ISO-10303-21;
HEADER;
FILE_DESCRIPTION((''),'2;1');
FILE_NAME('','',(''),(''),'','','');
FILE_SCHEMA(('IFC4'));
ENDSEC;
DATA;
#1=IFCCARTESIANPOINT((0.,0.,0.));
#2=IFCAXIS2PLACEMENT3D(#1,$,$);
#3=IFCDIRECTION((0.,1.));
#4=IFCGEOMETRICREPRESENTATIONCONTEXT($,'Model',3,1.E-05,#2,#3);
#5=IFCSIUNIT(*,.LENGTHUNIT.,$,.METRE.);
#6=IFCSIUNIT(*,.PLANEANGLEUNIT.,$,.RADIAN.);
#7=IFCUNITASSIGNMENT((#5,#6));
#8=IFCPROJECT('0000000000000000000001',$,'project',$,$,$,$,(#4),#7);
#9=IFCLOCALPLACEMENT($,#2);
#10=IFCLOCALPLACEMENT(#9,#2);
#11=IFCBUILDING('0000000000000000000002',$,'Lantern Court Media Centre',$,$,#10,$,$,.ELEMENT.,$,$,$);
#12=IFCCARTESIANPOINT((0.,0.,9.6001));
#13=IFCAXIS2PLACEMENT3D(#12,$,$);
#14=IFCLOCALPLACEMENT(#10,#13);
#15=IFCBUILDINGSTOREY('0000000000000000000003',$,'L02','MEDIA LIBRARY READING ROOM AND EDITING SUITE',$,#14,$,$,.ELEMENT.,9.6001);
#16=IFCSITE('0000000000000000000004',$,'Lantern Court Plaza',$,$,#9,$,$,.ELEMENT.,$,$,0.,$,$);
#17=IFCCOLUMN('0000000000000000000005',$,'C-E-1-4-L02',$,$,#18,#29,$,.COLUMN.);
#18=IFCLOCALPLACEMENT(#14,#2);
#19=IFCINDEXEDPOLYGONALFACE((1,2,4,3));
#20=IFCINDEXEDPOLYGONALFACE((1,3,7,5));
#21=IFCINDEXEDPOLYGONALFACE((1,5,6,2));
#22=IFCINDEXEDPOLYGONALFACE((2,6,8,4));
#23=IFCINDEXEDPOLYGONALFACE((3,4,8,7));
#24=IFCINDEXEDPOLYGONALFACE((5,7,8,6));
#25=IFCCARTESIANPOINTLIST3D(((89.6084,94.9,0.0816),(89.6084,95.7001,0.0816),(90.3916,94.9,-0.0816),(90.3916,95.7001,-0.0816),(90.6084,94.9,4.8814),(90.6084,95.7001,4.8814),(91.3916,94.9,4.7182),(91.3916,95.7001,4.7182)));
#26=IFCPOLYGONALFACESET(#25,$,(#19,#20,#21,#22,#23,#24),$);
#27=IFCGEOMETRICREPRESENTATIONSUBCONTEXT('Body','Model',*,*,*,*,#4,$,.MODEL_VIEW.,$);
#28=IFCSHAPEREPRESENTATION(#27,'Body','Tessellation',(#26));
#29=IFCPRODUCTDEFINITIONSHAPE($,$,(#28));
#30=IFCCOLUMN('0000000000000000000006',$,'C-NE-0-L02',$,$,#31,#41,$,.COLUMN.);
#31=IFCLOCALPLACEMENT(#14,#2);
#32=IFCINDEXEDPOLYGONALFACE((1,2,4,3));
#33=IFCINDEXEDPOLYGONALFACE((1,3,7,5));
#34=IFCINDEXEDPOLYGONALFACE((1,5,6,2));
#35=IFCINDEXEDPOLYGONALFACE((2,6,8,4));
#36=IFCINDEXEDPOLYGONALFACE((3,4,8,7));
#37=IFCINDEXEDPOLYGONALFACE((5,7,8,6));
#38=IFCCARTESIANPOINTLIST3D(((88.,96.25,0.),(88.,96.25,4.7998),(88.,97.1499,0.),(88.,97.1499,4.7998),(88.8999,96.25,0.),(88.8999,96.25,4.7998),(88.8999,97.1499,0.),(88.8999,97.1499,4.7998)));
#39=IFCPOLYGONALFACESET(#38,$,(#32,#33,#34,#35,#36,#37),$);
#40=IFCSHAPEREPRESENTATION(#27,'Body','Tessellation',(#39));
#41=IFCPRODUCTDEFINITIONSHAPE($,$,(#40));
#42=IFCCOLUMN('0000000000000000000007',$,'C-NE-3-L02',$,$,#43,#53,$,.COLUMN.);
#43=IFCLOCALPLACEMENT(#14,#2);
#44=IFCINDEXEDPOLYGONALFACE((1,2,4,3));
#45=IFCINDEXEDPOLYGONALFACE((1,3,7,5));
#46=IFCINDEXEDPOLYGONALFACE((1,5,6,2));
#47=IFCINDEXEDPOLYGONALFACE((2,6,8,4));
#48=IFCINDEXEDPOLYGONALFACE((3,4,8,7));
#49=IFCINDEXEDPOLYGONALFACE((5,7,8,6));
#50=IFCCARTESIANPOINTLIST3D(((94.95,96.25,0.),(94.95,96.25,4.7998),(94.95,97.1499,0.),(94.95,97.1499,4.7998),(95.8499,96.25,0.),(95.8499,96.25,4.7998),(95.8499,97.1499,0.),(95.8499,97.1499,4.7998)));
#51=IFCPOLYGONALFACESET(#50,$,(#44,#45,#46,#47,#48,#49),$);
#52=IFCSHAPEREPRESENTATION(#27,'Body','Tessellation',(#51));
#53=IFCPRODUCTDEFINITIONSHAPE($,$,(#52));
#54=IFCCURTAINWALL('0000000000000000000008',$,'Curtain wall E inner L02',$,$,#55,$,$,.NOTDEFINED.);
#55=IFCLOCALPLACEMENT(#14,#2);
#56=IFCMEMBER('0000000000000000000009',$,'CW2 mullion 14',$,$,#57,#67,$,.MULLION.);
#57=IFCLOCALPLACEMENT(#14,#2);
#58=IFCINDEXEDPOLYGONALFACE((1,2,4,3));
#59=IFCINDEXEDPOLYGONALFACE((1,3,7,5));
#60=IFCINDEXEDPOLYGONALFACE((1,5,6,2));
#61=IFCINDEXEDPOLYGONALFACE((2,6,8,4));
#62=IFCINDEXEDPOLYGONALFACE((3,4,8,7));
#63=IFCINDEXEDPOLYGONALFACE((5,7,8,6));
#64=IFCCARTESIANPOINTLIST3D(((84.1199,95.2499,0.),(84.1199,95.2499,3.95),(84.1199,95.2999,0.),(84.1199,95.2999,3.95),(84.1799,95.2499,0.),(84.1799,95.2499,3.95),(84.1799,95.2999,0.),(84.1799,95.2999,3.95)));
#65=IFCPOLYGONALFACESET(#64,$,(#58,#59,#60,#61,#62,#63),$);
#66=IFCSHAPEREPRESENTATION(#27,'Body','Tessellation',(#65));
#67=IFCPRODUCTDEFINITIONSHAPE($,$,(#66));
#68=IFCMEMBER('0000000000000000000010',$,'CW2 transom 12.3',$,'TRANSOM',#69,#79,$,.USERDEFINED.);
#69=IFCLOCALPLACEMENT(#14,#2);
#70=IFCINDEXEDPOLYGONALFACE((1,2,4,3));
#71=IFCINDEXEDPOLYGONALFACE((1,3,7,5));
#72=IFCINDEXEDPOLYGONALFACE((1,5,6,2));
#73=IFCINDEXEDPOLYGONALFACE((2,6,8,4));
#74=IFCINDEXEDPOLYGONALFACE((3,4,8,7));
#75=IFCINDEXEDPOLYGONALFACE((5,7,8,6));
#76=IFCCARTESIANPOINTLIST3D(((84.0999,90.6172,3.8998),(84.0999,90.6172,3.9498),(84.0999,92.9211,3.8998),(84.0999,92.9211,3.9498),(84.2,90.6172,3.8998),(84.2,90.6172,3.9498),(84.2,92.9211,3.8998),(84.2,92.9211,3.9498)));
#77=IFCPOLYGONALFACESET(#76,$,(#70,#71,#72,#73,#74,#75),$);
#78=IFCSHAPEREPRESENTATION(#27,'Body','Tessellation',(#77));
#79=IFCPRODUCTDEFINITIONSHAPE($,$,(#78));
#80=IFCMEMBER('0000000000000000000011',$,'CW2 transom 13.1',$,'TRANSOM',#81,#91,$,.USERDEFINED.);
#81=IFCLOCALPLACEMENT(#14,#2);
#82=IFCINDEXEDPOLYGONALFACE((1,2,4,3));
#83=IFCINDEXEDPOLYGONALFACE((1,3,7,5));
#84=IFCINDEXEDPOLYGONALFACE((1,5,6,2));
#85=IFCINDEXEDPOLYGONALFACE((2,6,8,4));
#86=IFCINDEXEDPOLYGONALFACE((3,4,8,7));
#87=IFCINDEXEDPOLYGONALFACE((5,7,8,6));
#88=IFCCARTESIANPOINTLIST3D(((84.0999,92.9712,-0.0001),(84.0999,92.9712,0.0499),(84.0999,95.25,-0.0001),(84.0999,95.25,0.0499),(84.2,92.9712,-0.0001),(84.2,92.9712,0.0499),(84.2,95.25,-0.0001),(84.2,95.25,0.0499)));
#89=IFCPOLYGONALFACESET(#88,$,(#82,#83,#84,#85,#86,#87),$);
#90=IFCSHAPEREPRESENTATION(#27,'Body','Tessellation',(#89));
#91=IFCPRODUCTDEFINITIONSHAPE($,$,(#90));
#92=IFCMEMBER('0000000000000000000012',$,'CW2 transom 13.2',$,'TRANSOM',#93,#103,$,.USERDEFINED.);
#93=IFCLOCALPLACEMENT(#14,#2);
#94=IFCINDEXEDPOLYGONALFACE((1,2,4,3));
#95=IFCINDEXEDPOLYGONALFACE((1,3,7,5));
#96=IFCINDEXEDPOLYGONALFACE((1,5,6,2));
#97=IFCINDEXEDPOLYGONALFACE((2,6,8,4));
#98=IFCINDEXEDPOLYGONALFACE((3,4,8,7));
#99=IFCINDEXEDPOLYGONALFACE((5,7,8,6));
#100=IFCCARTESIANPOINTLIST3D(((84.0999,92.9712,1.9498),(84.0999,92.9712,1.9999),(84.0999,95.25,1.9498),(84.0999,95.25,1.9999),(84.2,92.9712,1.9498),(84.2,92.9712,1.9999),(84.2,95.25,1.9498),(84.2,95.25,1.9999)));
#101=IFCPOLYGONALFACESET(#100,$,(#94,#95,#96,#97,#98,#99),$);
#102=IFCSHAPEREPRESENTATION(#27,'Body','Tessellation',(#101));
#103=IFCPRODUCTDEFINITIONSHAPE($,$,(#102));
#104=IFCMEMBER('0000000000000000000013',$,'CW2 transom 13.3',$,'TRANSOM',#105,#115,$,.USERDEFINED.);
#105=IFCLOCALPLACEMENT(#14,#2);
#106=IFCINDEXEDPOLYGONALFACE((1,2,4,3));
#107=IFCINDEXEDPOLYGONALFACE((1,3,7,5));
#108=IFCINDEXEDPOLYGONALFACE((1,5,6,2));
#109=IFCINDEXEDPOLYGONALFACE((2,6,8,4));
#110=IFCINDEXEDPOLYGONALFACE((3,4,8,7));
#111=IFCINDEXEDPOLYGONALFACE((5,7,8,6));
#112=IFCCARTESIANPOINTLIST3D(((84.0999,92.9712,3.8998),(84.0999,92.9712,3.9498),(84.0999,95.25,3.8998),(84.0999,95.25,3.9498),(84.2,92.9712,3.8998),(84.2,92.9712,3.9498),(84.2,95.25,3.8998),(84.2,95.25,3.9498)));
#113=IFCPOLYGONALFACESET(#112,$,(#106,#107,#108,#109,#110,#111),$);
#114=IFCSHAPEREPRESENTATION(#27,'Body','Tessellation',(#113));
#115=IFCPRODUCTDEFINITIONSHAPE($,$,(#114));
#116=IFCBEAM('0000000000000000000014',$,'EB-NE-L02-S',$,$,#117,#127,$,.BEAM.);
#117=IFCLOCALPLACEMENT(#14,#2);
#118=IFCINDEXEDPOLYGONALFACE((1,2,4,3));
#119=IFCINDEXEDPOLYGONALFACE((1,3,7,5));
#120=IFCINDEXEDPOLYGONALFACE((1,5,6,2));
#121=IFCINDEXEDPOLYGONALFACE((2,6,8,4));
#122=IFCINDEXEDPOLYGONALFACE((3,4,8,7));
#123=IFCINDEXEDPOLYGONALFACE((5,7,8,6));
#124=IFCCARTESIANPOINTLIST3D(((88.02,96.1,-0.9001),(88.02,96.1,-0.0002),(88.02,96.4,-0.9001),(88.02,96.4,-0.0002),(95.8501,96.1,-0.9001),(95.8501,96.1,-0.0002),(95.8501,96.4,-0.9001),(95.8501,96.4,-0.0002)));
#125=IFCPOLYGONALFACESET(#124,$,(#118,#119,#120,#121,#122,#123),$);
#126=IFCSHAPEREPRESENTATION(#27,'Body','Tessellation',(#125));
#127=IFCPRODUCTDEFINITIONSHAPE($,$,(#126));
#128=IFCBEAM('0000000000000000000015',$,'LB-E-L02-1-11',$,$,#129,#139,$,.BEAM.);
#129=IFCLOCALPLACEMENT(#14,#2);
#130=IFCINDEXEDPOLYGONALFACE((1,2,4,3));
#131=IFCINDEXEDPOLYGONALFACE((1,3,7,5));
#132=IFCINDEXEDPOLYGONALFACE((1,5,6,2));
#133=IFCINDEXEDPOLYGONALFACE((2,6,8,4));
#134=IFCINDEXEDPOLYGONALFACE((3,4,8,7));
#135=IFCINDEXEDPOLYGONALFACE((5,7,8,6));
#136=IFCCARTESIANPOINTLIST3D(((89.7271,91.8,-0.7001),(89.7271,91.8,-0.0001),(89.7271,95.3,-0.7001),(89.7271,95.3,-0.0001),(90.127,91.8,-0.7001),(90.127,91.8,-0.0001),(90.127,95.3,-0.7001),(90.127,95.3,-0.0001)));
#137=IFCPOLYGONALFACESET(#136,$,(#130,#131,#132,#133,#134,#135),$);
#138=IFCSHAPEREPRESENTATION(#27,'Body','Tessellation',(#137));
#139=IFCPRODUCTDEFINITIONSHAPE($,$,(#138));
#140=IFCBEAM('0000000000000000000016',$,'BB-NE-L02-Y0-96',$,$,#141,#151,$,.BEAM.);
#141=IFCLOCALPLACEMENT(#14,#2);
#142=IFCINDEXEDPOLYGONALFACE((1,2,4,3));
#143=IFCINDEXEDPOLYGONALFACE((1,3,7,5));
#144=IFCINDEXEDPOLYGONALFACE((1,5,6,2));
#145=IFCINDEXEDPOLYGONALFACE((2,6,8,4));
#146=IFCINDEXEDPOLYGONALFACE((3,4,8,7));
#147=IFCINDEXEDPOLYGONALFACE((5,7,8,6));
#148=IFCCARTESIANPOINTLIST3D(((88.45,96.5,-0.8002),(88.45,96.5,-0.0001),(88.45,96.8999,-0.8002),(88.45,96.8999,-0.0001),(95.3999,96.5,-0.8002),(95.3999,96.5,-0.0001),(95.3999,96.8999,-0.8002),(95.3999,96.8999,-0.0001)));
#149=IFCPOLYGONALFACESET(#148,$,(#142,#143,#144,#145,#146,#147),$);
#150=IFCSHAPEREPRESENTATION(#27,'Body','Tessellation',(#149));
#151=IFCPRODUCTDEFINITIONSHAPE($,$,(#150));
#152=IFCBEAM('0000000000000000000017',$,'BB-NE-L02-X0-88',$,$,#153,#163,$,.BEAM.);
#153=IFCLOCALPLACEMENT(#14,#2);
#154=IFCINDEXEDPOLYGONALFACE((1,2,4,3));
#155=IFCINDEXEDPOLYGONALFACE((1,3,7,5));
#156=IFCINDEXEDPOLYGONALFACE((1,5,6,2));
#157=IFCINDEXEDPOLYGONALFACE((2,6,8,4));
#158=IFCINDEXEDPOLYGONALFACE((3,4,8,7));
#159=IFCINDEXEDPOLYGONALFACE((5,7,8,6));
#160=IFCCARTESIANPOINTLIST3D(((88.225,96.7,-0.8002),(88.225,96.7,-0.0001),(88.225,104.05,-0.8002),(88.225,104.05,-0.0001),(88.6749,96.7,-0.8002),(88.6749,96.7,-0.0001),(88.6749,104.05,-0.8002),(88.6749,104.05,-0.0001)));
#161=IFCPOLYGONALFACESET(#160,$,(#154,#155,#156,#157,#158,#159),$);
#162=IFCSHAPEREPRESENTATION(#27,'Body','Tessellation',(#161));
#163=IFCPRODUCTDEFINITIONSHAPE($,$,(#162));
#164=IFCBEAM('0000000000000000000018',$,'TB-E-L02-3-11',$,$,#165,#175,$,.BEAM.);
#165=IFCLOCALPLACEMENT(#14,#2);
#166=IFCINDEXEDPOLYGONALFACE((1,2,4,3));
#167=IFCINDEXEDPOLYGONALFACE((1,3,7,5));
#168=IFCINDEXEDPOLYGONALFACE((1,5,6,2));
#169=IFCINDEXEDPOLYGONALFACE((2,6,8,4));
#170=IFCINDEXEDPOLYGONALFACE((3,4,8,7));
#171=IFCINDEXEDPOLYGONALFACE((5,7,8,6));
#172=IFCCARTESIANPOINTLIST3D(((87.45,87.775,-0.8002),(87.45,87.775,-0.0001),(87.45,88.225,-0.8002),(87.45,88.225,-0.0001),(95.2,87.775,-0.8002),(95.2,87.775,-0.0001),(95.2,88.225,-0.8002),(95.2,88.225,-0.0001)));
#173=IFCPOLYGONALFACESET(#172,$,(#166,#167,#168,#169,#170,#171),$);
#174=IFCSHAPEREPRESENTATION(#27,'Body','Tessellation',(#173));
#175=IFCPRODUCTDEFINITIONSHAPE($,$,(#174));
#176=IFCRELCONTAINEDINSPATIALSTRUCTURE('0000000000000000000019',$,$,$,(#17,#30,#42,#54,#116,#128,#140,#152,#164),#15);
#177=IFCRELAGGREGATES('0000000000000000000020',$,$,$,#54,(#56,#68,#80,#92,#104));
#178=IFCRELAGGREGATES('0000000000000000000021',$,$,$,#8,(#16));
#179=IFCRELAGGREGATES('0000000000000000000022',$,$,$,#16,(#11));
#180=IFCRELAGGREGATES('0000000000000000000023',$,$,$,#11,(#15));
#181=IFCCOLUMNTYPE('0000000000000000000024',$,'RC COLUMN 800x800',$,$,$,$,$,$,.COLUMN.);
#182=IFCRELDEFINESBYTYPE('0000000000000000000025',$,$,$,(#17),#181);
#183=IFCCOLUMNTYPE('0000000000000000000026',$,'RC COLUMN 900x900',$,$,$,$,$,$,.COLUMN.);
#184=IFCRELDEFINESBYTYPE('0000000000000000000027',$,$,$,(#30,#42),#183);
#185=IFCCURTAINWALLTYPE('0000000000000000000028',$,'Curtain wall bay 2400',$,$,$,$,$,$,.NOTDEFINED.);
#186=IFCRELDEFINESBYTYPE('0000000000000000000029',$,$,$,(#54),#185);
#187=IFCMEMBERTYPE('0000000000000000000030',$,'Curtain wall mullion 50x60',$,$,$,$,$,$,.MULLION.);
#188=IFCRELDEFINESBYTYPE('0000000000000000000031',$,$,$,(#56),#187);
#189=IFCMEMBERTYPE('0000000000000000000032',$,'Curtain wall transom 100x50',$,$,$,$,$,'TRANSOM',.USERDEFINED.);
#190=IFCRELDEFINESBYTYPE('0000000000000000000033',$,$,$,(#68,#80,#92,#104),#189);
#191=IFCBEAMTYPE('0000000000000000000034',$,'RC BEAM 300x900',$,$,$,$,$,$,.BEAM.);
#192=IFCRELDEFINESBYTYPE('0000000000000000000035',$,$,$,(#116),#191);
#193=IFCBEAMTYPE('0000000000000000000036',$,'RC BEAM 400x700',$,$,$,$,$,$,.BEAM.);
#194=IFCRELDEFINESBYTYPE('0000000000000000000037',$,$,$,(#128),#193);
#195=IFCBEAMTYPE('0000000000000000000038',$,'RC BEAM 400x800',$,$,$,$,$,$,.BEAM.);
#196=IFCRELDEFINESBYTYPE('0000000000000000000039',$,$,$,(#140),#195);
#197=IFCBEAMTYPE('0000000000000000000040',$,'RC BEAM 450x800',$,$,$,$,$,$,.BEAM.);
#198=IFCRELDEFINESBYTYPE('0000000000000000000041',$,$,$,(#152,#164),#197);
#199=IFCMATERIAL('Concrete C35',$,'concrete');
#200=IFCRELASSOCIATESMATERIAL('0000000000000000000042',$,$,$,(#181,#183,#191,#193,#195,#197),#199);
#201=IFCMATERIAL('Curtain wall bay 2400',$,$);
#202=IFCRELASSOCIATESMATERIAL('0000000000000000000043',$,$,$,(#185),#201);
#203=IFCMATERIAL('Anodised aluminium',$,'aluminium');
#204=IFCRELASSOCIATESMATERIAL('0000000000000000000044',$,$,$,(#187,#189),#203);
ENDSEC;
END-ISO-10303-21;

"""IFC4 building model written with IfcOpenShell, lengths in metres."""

from ifc_helpers import new_model, si_unit, direction, frame, origin, origin_2d, place, context, subcontext, project, spatial, rectangle, extrude, material, material_profile, profile_set, type_object, element, aggregate, save


model = new_model("IFC4")

# Units and contexts
model_context = context("Model", 3, precision=1e-05, world=origin(), true_north=direction((0.0, 1.0)))
body_context = subcontext(model_context, "Body", "Model", "MODEL_VIEW")
ifc_project = project(units=[si_unit("LENGTHUNIT", "METRE"), si_unit("PLANEANGLEUNIT", "RADIAN")], contexts=[model_context])

# Site, building, storey
site_placement = place(None, origin())
site = spatial("IfcSite", under=ifc_project, at=site_placement, Name="Lantern Court Plaza", CompositionType="ELEMENT", RefElevation=0.0)
building_placement = place(site_placement, origin())
building = spatial("IfcBuilding", under=site, at=building_placement, Name="Lantern Court Media Centre", CompositionType="ELEMENT")
storey_placement = place(building_placement, frame((0.0, 0.0, 9.6001)))
storey = spatial("IfcBuildingStorey", under=building, at=storey_placement, Name="L02", Description="MEDIA LIBRARY READING ROOM AND EDITING SUITE", CompositionType="ELEMENT", Elevation=9.6001)

# Columns
ifc_material_1 = material(Name="Concrete C35", Category="concrete")
ifc_material_profile_1 = material_profile(ifc_material_1, rectangle(XDim=0.8, YDim=0.8, at=origin_2d()), Name="RC 800x800")
ifc_profile_set_1 = profile_set([ifc_material_profile_1], Name="Concrete C35")
column_type_1 = type_object("IfcColumnType", Name="RC COLUMN 800x800", PredefinedType="COLUMN", material=ifc_profile_set_1)
column_placement = place(storey_placement, frame((90.0, 95.3, 0.0), z_axis=(0.203962, 0.0, 0.978979), x_axis=(0.0, 1.0, 0.0)))
element("IfcColumn", 1, at=column_placement, inside=storey, type_object=column_type_1, Name="C-E-1-4-L02", PredefinedType="COLUMN", context=body_context, shape_type="SweptSolid", body=[
    extrude(rectangle(XDim=0.8, YDim=0.8, at=origin_2d()), origin(), (0.0, 0.0, 1.0), 4.9028),
])
ifc_material_profile_2 = material_profile(ifc_material_1, rectangle(XDim=0.8999, YDim=0.8999, at=origin_2d()), Name="RC 900x900")
ifc_profile_set_2 = profile_set([ifc_material_profile_2], Name="Concrete C35")
column_type_2 = type_object("IfcColumnType", Name="RC COLUMN 900x900", PredefinedType="COLUMN", material=ifc_profile_set_2)
for number, where, z_axis, x_axis, name in (
    (2, (88.45, 96.7, 0.0), (0.0, 0.0, 1.0), (1.0, 0.0, 0.0), "C-NE-0-L02"),
    (3, (95.3999, 96.7, 0.0), (0.0, 0.0, 1.0), (1.0, 0.0, 0.0), "C-NE-3-L02"),
):
    element("IfcColumn", number, at=place(storey_placement, frame(where, z_axis=z_axis, x_axis=x_axis)), inside=storey, type_object=column_type_2, Name=name, PredefinedType="COLUMN", context=body_context, shape_type="SweptSolid", body=[
        extrude(rectangle(XDim=0.8999, YDim=0.8999, at=origin_2d()), origin(), (0.0, 0.0, 1.0), 4.7998),
    ])

# Curtain wall, members
ifc_material_2 = material(Name="Curtain wall bay 2400")
curtain_wall_type = type_object("IfcCurtainWallType", Name="Curtain wall bay 2400", PredefinedType="NOTDEFINED", material=ifc_material_2)
curtain_wall_placement = place(storey_placement, origin())
curtain_wall = element("IfcCurtainWall", 4, at=curtain_wall_placement, inside=storey, type_object=curtain_wall_type, Name="Curtain wall E inner L02", PredefinedType="NOTDEFINED")
ifc_material_3 = material(Name="Anodised aluminium", Category="aluminium")
ifc_material_profile_3 = material_profile(ifc_material_3, rectangle(XDim=0.0601, YDim=0.05, at=origin_2d()), Name="AL 50x60")
ifc_profile_set_3 = profile_set([ifc_material_profile_3], Name="Anodised aluminium")
member_type_1 = type_object("IfcMemberType", Name="Curtain wall mullion 50x60", PredefinedType="MULLION", material=ifc_profile_set_3)
member_1_placement = place(storey_placement, frame((84.1499, 95.2749, 0.0), z_axis=(0.0, 0.0, 1.0), x_axis=(-1.0, 0.0, 0.0)))
member_1 = element("IfcMember", 5, at=member_1_placement, type_object=member_type_1, Name="CW2 mullion 14", PredefinedType="MULLION", context=body_context, shape_type="SweptSolid", body=[
    extrude(rectangle(XDim=0.0601, YDim=0.05, at=origin_2d()), origin(), (0.0, 0.0, 1.0), 3.95),
])
ifc_material_profile_4 = material_profile(ifc_material_3, rectangle(XDim=0.1001, YDim=0.05, at=origin_2d()), Name="AL 50x100")
ifc_profile_set_4 = profile_set([ifc_material_profile_4], Name="Anodised aluminium")
member_type_2 = type_object("IfcMemberType", Name="Curtain wall transom 100x50", ElementType="TRANSOM", PredefinedType="USERDEFINED", material=ifc_profile_set_4)
member_2_placement = place(storey_placement, frame((84.1499, 90.6172, 3.9248), z_axis=(0.0, 1.0, 0.0), x_axis=(-1.0, 0.0, 0.0)))
member_2 = element("IfcMember", 6, at=member_2_placement, type_object=member_type_2, Name="CW2 transom 12.3", ObjectType="TRANSOM", PredefinedType="USERDEFINED", context=body_context, shape_type="SweptSolid", body=[
    extrude(rectangle(XDim=0.1001, YDim=0.05, at=origin_2d()), origin(), (0.0, 0.0, 1.0), 2.304),
])
member_3_placement = place(storey_placement, frame((84.1499, 92.9712, 0.0249), z_axis=(0.0, 1.0, 0.0), x_axis=(-1.0, 0.0, 0.0)))
member_3 = element("IfcMember", 7, at=member_3_placement, type_object=member_type_2, Name="CW2 transom 13.1", ObjectType="TRANSOM", PredefinedType="USERDEFINED", context=body_context, shape_type="SweptSolid", body=[
    extrude(rectangle(XDim=0.1001, YDim=0.05, at=origin_2d()), origin(), (0.0, 0.0, 1.0), 2.2788),
])
member_4_placement = place(storey_placement, frame((84.1499, 92.9712, 1.9749), z_axis=(0.0, 1.0, 0.0), x_axis=(-1.0, 0.0, 0.0)))
member_4 = element("IfcMember", 8, at=member_4_placement, type_object=member_type_2, Name="CW2 transom 13.2", ObjectType="TRANSOM", PredefinedType="USERDEFINED", context=body_context, shape_type="SweptSolid", body=[
    extrude(rectangle(XDim=0.1001, YDim=0.05, at=origin_2d()), origin(), (0.0, 0.0, 1.0), 2.2788),
])
member_5_placement = place(storey_placement, frame((84.1499, 92.9712, 3.9248), z_axis=(0.0, 1.0, 0.0), x_axis=(-1.0, 0.0, 0.0)))
member_5 = element("IfcMember", 9, at=member_5_placement, type_object=member_type_2, Name="CW2 transom 13.3", ObjectType="TRANSOM", PredefinedType="USERDEFINED", context=body_context, shape_type="SweptSolid", body=[
    extrude(rectangle(XDim=0.1001, YDim=0.05, at=origin_2d()), origin(), (0.0, 0.0, 1.0), 2.2788),
])

# Beams
ifc_material_profile_5 = material_profile(ifc_material_1, rectangle(XDim=0.3, YDim=0.8999, at=origin_2d()), Name="RC 300x900")
ifc_profile_set_5 = profile_set([ifc_material_profile_5], Name="Concrete C35")
beam_type_1 = type_object("IfcBeamType", Name="RC BEAM 300x900", PredefinedType="BEAM", material=ifc_profile_set_5)
beam_1_placement = place(storey_placement, frame((88.02, 96.25, -0.4502), z_axis=(1.0, 0.0, 0.0), x_axis=(0.0, 1.0, 0.0)))
element("IfcBeam", 10, at=beam_1_placement, inside=storey, type_object=beam_type_1, Name="EB-NE-L02-S", PredefinedType="BEAM", context=body_context, shape_type="SweptSolid", body=[
    extrude(rectangle(XDim=0.3, YDim=0.8999, at=origin_2d()), origin(), (0.0, 0.0, 1.0), 7.8301),
])
ifc_material_profile_6 = material_profile(ifc_material_1, rectangle(XDim=0.3999, YDim=0.7, at=origin_2d()), Name="RC 400x700")
ifc_profile_set_6 = profile_set([ifc_material_profile_6], Name="Concrete C35")
beam_type_2 = type_object("IfcBeamType", Name="RC BEAM 400x700", PredefinedType="BEAM", material=ifc_profile_set_6)
beam_2_placement = place(storey_placement, frame((89.927, 91.8, -0.3501), z_axis=(0.0, 1.0, 0.0), x_axis=(-1.0, 0.0, 0.0)))
element("IfcBeam", 11, at=beam_2_placement, inside=storey, type_object=beam_type_2, Name="LB-E-L02-1-11", PredefinedType="BEAM", context=body_context, shape_type="SweptSolid", body=[
    extrude(rectangle(XDim=0.3999, YDim=0.7, at=origin_2d()), origin(), (0.0, 0.0, 1.0), 3.5),
])
ifc_material_profile_7 = material_profile(ifc_material_1, rectangle(XDim=0.3999, YDim=0.8, at=origin_2d()), Name="RC 400x800")
ifc_profile_set_7 = profile_set([ifc_material_profile_7], Name="Concrete C35")
beam_type_3 = type_object("IfcBeamType", Name="RC BEAM 400x800", PredefinedType="BEAM", material=ifc_profile_set_7)
beam_3_placement = place(storey_placement, frame((88.45, 96.7, -0.4001), z_axis=(1.0, 0.0, 0.0), x_axis=(0.0, 1.0, 0.0)))
element("IfcBeam", 12, at=beam_3_placement, inside=storey, type_object=beam_type_3, Name="BB-NE-L02-Y0-96", PredefinedType="BEAM", context=body_context, shape_type="SweptSolid", body=[
    extrude(rectangle(XDim=0.3999, YDim=0.8, at=origin_2d()), origin(), (0.0, 0.0, 1.0), 6.95),
])
ifc_material_profile_8 = material_profile(ifc_material_1, rectangle(XDim=0.45, YDim=0.8, at=origin_2d()), Name="RC 450x800")
ifc_profile_set_8 = profile_set([ifc_material_profile_8], Name="Concrete C35")
beam_type_4 = type_object("IfcBeamType", Name="RC BEAM 450x800", PredefinedType="BEAM", material=ifc_profile_set_8)
beam_4_placement = place(storey_placement, frame((88.45, 96.7, -0.4001), z_axis=(0.0, 1.0, 0.0), x_axis=(-1.0, 0.0, 0.0)))
element("IfcBeam", 13, at=beam_4_placement, inside=storey, type_object=beam_type_4, Name="BB-NE-L02-X0-88", PredefinedType="BEAM", context=body_context, shape_type="SweptSolid", body=[
    extrude(rectangle(XDim=0.45, YDim=0.8, at=origin_2d()), origin(), (0.0, 0.0, 1.0), 7.3501),
])
beam_5_placement = place(storey_placement, frame((87.45, 88.0, -0.4001), z_axis=(1.0, 0.0, 0.0), x_axis=(0.0, 1.0, 0.0)))
element("IfcBeam", 14, at=beam_5_placement, inside=storey, type_object=beam_type_4, Name="TB-E-L02-3-11", PredefinedType="BEAM", context=body_context, shape_type="SweptSolid", body=[
    extrude(rectangle(XDim=0.45, YDim=0.8, at=origin_2d()), origin(), (0.0, 0.0, 1.0), 7.75),
])

aggregate(curtain_wall, [member_1, member_2, member_3, member_4, member_5])

save(model, "model.ifc")
